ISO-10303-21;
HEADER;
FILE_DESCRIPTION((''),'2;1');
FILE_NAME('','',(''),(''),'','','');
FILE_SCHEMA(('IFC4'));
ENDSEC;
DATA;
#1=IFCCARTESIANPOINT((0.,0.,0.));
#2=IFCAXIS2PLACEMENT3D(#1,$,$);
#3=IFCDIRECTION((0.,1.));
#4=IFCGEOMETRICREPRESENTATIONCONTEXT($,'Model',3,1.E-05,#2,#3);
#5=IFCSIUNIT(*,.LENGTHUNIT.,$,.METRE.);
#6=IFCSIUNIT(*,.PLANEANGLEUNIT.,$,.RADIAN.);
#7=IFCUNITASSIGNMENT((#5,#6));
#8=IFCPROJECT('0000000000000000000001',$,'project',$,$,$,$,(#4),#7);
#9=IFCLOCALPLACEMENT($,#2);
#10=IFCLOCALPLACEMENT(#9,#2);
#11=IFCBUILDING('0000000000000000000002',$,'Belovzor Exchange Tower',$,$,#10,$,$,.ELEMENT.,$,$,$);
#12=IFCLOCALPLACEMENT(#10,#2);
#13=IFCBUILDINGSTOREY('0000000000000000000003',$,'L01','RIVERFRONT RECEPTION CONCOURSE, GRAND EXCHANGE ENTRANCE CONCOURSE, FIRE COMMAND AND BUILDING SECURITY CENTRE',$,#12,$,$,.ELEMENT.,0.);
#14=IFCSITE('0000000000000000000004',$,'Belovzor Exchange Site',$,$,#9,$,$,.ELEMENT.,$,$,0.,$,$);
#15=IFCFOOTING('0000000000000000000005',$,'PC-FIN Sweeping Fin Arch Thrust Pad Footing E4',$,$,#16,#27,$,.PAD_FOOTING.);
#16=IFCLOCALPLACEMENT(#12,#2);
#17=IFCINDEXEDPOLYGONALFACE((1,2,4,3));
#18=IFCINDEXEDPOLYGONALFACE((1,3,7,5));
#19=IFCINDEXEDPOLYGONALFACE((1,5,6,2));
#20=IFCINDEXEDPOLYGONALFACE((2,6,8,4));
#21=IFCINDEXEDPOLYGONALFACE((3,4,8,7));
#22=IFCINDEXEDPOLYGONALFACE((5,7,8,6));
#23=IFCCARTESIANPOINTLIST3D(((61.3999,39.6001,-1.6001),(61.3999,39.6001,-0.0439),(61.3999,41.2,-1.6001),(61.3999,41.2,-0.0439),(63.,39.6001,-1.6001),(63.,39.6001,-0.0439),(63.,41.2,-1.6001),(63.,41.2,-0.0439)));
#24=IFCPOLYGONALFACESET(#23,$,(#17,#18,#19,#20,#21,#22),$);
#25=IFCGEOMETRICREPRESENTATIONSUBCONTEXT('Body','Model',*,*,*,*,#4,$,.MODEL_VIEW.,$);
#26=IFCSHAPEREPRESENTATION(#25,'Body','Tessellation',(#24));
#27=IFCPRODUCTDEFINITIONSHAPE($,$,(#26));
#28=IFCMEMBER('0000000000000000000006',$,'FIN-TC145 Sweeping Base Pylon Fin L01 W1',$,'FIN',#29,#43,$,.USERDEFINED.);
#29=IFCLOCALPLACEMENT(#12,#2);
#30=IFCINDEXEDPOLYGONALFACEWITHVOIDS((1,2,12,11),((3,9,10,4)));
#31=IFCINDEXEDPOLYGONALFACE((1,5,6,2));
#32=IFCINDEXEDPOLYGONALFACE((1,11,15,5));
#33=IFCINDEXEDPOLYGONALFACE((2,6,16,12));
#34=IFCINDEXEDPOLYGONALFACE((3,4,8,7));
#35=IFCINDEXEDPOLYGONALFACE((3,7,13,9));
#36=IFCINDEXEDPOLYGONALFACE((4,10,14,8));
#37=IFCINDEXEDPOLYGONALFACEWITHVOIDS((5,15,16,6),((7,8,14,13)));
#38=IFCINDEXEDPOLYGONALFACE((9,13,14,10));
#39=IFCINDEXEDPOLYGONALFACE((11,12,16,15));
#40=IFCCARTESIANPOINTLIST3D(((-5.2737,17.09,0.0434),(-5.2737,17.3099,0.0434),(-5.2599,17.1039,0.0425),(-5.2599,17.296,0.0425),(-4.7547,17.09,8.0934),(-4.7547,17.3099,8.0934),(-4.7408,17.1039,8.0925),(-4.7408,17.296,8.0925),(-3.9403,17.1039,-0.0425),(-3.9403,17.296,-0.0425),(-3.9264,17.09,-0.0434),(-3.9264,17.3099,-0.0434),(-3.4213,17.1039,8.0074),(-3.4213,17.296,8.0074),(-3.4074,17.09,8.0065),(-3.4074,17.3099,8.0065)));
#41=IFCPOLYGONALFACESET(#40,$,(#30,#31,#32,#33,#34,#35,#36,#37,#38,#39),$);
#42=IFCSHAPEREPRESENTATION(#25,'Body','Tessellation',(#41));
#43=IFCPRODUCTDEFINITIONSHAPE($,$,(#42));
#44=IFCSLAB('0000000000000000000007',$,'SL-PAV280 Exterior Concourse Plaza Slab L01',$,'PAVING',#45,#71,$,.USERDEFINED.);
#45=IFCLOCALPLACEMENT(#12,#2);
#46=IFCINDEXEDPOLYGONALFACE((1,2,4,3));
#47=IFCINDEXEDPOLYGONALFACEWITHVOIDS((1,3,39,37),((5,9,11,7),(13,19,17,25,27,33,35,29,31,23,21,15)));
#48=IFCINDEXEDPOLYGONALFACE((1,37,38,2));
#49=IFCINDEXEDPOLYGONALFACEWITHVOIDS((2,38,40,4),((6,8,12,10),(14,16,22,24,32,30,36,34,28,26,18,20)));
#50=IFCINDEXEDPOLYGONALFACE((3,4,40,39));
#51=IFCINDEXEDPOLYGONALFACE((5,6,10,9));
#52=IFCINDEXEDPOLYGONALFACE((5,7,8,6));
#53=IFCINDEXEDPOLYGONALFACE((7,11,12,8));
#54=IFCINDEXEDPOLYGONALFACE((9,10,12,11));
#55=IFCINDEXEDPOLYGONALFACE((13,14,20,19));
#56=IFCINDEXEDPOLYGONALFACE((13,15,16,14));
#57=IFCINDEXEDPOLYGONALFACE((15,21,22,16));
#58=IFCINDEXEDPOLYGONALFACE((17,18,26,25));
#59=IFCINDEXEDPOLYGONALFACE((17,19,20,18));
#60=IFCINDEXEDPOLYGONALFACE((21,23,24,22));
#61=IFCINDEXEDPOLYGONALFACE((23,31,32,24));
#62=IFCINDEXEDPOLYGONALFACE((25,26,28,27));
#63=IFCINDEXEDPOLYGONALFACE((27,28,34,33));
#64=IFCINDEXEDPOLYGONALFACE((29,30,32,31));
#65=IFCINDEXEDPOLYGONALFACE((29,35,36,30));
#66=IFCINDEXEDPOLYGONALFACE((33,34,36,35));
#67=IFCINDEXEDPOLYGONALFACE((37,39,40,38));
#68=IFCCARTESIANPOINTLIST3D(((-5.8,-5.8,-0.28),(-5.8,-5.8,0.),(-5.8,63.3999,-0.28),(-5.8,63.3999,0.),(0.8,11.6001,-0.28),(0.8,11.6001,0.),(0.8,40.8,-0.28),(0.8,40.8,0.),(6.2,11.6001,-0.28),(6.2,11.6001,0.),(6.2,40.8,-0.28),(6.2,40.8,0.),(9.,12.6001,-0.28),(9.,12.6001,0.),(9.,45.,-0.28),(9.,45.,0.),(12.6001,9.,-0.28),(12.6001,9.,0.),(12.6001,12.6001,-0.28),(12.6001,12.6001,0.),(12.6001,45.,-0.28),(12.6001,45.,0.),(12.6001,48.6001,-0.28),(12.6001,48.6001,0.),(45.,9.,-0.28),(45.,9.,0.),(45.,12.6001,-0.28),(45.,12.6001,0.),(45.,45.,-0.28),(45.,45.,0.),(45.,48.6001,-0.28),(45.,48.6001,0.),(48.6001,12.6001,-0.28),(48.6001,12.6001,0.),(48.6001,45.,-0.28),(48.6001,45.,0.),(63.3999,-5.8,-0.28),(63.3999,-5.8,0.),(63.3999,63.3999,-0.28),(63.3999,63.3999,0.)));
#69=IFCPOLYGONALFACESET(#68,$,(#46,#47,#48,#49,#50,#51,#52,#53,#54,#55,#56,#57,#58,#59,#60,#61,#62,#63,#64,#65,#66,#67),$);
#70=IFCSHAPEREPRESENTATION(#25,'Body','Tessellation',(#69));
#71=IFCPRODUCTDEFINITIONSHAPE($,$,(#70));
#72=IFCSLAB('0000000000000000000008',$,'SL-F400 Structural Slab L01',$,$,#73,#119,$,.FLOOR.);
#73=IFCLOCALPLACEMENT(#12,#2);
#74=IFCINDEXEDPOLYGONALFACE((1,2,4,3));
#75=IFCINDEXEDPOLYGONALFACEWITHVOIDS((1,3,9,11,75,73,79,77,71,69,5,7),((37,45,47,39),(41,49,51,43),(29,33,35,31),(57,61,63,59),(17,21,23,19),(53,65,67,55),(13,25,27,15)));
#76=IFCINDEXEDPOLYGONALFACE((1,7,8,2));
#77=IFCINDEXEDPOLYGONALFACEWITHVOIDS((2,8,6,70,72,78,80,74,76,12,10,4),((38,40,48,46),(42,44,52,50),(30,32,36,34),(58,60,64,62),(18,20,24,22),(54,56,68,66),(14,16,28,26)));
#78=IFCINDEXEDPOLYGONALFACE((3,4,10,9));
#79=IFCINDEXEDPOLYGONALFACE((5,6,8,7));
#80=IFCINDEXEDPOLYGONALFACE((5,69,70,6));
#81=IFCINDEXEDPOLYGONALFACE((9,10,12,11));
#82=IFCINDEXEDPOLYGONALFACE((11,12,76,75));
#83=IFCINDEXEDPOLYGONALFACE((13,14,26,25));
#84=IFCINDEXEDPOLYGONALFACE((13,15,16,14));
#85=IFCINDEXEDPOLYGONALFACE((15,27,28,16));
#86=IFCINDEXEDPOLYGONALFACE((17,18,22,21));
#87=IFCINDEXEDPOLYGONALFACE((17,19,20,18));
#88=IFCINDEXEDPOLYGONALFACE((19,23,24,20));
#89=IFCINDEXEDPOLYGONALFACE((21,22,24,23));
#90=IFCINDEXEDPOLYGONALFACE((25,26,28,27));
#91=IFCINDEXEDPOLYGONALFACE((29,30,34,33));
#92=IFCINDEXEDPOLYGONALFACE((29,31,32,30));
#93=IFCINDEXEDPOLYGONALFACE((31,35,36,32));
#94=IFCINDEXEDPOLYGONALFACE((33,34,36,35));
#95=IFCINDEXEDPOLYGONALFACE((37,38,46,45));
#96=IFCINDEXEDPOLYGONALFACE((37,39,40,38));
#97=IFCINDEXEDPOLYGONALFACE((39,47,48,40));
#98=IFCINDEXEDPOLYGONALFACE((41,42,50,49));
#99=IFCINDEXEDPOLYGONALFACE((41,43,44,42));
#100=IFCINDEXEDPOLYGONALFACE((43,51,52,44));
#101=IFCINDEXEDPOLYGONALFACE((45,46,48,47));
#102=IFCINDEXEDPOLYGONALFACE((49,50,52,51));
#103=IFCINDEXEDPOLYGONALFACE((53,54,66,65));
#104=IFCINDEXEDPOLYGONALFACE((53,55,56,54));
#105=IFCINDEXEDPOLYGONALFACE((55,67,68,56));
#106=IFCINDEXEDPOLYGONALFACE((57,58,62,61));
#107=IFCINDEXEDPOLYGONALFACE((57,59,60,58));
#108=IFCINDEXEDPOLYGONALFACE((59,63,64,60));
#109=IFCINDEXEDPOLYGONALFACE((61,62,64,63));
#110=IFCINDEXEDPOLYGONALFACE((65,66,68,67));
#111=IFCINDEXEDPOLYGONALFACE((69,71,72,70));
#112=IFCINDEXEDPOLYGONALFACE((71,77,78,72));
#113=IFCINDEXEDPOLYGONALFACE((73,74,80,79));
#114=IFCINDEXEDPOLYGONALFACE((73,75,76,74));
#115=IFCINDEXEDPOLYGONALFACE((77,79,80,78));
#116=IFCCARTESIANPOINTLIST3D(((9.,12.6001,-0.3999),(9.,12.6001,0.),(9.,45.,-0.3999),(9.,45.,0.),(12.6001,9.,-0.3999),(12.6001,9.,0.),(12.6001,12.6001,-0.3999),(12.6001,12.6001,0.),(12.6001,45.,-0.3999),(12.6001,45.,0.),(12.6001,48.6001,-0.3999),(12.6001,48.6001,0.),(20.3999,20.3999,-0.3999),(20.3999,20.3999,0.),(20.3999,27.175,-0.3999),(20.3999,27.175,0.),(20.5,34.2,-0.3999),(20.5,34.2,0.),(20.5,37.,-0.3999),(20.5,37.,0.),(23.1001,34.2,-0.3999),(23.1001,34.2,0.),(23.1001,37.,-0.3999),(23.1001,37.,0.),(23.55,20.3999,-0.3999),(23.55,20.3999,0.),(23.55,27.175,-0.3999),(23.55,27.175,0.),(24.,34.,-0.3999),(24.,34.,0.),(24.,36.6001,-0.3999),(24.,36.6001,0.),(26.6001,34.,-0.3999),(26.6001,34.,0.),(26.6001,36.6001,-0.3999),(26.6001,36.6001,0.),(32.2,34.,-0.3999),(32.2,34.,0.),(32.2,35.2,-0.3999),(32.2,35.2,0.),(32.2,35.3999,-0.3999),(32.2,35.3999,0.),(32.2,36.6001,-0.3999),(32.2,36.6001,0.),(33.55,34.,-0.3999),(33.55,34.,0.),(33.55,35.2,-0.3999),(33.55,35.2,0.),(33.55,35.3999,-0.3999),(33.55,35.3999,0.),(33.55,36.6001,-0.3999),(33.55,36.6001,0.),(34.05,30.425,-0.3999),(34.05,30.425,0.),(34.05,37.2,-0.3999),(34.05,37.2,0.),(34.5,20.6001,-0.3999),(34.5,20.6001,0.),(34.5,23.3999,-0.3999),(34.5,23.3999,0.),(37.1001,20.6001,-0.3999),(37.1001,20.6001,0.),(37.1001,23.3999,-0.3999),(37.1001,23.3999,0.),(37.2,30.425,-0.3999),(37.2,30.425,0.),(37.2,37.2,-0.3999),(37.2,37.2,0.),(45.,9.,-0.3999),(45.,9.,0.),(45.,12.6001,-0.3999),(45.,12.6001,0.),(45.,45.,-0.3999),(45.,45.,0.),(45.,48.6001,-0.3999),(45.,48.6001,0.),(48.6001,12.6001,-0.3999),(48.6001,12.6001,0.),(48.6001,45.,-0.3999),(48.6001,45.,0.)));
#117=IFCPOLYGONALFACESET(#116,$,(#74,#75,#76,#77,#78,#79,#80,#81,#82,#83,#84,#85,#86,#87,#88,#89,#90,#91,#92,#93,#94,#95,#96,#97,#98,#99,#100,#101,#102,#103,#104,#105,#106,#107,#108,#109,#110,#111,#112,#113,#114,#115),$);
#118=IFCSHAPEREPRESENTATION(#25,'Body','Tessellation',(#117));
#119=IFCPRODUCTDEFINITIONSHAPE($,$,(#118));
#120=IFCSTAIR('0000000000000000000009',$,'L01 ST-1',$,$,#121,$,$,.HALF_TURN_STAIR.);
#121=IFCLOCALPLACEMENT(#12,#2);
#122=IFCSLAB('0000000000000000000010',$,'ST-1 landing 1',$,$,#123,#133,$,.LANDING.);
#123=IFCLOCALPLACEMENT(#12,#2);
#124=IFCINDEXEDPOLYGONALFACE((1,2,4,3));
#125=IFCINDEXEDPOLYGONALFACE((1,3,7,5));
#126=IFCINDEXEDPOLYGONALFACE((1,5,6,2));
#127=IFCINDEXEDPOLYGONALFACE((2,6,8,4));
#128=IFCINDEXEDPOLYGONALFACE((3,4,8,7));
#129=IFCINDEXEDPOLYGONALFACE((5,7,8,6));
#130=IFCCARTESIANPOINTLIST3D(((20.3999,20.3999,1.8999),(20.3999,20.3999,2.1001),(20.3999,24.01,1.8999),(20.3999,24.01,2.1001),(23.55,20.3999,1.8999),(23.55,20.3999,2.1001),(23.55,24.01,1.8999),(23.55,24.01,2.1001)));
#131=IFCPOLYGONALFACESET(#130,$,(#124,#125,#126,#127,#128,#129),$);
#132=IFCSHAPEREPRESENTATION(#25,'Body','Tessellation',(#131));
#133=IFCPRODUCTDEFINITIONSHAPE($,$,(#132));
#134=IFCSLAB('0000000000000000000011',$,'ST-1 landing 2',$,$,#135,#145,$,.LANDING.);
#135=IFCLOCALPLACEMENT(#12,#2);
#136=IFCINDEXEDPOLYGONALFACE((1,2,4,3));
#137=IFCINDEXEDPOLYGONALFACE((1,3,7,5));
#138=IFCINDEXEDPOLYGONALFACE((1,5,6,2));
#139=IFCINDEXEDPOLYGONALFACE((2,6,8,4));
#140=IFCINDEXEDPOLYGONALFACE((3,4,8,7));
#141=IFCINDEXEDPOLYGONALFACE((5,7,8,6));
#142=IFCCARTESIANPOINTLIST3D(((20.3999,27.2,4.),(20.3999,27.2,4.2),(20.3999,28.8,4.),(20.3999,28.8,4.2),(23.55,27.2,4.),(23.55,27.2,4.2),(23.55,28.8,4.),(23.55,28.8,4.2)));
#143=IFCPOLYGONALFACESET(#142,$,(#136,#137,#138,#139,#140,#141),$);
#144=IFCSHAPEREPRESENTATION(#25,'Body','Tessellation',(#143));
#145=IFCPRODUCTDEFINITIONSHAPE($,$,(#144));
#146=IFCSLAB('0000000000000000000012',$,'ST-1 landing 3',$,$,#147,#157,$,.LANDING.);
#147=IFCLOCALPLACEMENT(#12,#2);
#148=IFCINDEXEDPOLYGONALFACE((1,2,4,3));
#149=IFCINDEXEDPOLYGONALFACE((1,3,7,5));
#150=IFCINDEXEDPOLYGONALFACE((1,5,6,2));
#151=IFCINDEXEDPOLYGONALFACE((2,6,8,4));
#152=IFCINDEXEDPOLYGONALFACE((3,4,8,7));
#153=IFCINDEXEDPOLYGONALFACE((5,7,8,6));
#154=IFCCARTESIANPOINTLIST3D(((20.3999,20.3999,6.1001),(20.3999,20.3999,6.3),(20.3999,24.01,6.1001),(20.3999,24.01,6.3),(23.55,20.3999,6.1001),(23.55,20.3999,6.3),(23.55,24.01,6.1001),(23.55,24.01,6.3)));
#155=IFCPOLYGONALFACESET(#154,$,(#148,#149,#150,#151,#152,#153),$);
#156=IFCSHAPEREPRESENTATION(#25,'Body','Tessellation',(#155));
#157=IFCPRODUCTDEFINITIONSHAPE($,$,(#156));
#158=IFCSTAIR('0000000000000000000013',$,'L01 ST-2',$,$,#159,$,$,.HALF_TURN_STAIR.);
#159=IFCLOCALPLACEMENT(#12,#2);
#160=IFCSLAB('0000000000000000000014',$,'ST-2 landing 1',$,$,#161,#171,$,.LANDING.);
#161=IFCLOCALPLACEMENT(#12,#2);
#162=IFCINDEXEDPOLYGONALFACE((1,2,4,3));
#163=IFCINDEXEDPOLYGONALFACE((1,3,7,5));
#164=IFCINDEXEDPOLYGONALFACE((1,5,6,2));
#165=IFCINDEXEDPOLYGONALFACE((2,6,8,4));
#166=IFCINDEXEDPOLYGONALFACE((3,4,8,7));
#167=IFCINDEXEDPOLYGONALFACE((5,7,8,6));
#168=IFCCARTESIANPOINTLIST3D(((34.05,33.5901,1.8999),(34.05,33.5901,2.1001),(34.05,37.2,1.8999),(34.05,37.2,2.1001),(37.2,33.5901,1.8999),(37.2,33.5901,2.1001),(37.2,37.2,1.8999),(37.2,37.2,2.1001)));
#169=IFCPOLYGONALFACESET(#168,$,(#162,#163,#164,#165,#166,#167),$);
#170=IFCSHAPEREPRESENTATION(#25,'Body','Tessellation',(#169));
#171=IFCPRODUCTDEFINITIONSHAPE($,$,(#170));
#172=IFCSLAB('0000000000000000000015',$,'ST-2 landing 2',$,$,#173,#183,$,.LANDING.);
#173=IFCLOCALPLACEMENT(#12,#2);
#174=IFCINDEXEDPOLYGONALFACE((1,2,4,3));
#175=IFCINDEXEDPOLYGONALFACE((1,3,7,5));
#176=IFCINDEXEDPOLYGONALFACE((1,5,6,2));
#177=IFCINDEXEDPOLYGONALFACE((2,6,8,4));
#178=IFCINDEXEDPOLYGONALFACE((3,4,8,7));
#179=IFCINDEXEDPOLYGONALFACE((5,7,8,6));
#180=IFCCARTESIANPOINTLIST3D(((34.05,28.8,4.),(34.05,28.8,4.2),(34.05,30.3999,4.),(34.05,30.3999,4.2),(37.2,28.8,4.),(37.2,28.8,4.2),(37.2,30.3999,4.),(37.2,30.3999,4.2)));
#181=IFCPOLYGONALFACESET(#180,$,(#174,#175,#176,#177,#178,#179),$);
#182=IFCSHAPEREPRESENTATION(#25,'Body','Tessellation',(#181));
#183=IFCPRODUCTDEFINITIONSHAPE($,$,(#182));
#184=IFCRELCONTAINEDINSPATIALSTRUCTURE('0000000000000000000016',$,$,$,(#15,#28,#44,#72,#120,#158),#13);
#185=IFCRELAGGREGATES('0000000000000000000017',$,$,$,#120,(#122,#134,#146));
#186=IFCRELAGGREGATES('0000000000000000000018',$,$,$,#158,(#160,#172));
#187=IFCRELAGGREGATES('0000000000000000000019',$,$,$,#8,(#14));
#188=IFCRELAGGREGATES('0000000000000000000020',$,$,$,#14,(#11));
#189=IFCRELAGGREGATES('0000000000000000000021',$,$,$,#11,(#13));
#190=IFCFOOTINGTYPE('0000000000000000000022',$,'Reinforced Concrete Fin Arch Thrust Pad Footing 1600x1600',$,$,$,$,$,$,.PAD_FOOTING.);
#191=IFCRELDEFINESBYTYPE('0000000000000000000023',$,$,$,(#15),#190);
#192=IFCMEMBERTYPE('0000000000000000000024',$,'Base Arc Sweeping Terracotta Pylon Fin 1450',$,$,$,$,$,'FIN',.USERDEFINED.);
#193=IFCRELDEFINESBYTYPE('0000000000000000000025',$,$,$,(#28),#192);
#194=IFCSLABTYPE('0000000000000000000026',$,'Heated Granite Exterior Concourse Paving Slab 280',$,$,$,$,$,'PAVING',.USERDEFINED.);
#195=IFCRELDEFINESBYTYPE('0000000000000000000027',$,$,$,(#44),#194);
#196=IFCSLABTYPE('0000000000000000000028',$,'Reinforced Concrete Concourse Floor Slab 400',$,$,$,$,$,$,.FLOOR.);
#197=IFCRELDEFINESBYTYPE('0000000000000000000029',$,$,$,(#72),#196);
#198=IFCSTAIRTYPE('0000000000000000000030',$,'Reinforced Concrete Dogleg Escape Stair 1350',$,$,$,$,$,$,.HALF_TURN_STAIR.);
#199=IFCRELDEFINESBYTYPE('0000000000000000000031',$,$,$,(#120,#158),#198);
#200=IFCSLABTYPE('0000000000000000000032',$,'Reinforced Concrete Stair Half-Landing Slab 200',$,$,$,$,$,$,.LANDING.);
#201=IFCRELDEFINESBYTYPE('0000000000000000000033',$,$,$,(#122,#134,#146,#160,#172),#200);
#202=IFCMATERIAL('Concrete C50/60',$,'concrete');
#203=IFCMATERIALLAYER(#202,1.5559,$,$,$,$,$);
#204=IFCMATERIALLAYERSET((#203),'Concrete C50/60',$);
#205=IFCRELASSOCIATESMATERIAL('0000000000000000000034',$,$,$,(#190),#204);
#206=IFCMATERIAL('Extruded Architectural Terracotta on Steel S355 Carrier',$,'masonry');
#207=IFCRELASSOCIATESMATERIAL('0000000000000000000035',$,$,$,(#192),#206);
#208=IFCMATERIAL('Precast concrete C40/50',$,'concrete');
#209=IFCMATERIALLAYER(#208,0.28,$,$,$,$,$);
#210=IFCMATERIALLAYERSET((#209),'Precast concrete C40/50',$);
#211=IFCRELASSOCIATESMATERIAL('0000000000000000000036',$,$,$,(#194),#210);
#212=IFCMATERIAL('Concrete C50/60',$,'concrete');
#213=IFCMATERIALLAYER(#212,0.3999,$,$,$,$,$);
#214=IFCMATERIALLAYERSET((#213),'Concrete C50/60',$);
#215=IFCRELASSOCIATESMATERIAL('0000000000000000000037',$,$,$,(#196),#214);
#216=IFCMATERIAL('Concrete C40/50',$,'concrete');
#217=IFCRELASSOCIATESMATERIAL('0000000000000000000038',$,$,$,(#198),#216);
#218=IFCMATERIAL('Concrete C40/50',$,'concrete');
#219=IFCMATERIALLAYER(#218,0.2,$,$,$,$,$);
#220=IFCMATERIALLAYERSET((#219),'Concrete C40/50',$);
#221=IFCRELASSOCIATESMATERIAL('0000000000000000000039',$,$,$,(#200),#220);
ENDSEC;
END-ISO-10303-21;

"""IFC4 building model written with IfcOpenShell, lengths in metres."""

from ifc_helpers import new_model, si_unit, direction, frame, origin, origin_2d, place, context, subcontext, project, spatial, polyline, hollow_rectangle, outline, extrude, material, layer, layer_set, material_profile, profile_set, type_object, element, aggregate, save


model = new_model("IFC4")

# Units and contexts
model_context = context("Model", 3, precision=1e-05, world=origin(), true_north=direction((0.0, 1.0)))
body_context = subcontext(model_context, "Body", "Model", "MODEL_VIEW")
ifc_project = project(units=[si_unit("LENGTHUNIT", "METRE"), si_unit("PLANEANGLEUNIT", "RADIAN")], contexts=[model_context])

# Site, building, storey
site_placement = place(None, origin())
site = spatial("IfcSite", under=ifc_project, at=site_placement, Name="Belovzor Exchange Site", CompositionType="ELEMENT", RefElevation=0.0)
building_placement = place(site_placement, origin())
building = spatial("IfcBuilding", under=site, at=building_placement, Name="Belovzor Exchange Tower", CompositionType="ELEMENT")
storey_placement = place(building_placement, origin())
storey = spatial("IfcBuildingStorey", under=building, at=storey_placement, Name="L01", Description="RIVERFRONT RECEPTION CONCOURSE, GRAND EXCHANGE ENTRANCE CONCOURSE, FIRE COMMAND AND BUILDING SECURITY CENTRE", CompositionType="ELEMENT", Elevation=0.0)

# Footing
ifc_material_1 = material(Name="Concrete C50/60", Category="concrete")
ifc_layer_1 = layer(ifc_material_1, 1.5559)
ifc_layer_set_1 = layer_set([ifc_layer_1], Name="Concrete C50/60")
footing_type = type_object("IfcFootingType", Name="Reinforced Concrete Fin Arch Thrust Pad Footing 1600x1600", PredefinedType="PAD_FOOTING", material=ifc_layer_set_1)
footing_1_placement = place(storey_placement, frame((0.0, 0.0, -1.6001)))
element("IfcFooting", 1, at=footing_1_placement, inside=storey, type_object=footing_type, Name="PC-FIN Sweeping Fin Arch Thrust Pad Footing E4", PredefinedType="PAD_FOOTING", context=body_context, shape_type="SweptSolid", body=[
    extrude(outline(polyline([(61.3999, 39.6001), (63.0, 39.6001), (63.0, 41.2), (61.3999, 41.2), (61.3999, 39.6001)])), origin(), (0.0, 0.0, 1.0), 1.5562),
])

# Member
ifc_material_2 = material(Name="Extruded Architectural Terracotta on Steel S355 Carrier", Category="masonry")
ifc_material_profile = material_profile(ifc_material_2, hollow_rectangle(XDim=0.22, YDim=1.3501, WallThickness=0.0139, at=origin_2d()))
ifc_profile_set = profile_set([ifc_material_profile], Name="Extruded Architectural Terracotta on Steel S355 Carrier")
member_type = type_object("IfcMemberType", Name="Base Arc Sweeping Terracotta Pylon Fin 1450", ElementType="FIN", PredefinedType="USERDEFINED", material=ifc_profile_set)
member_placement = place(storey_placement, frame((-4.6001, 17.2, 0.0), z_axis=(0.064343, 0.0, 0.997928), x_axis=(0.0, 1.0, 0.0)))
element("IfcMember", 2, at=member_placement, inside=storey, type_object=member_type, Name="FIN-TC145 Sweeping Base Pylon Fin L01 W1", ObjectType="FIN", PredefinedType="USERDEFINED", context=body_context, shape_type="SweptSolid", body=[
    extrude(hollow_rectangle(XDim=0.22, YDim=1.3501, WallThickness=0.0139, at=origin_2d()), origin(), (0.0, 0.0, 1.0), 8.0667),
])

# Slabs
ifc_material_3 = material(Name="Precast concrete C40/50", Category="concrete")
ifc_layer_2 = layer(ifc_material_3, 0.28)
ifc_layer_set_2 = layer_set([ifc_layer_2], Name="Precast concrete C40/50")
slab_type_1 = type_object("IfcSlabType", Name="Heated Granite Exterior Concourse Paving Slab 280", ElementType="PAVING", PredefinedType="USERDEFINED", material=ifc_layer_set_2)
slab_1_placement = place(storey_placement, frame((0.0, 0.0, -0.28)))
element("IfcSlab", 3, at=slab_1_placement, inside=storey, type_object=slab_type_1, Name="SL-PAV280 Exterior Concourse Plaza Slab L01", ObjectType="PAVING", PredefinedType="USERDEFINED", context=body_context, shape_type="SweptSolid", body=[
    extrude(outline(polyline([(-5.8, -5.8), (63.3999, -5.8), (63.3999, 63.3999), (-5.8, 63.3999), (-5.8, -5.8)]), holes=[polyline([(12.6001, 9.0), (45.0, 9.0), (45.0, 12.6001), (48.6001, 12.6001), (48.6001, 45.0), (45.0, 45.0), (45.0, 48.6001), (12.6001, 48.6001), (12.6001, 45.0), (9.0, 45.0), (9.0, 12.6001), (12.6001, 12.6001), (12.6001, 9.0)]), polyline([(0.8, 11.6001), (6.2, 11.6001), (6.2, 40.8), (0.8, 40.8), (0.8, 11.6001)])]), origin(), (0.0, 0.0, 1.0), 0.28),
])
ifc_material_4 = material(Name="Concrete C50/60", Category="concrete")
ifc_layer_3 = layer(ifc_material_4, 0.3999)
ifc_layer_set_3 = layer_set([ifc_layer_3], Name="Concrete C50/60")
slab_type_2 = type_object("IfcSlabType", Name="Reinforced Concrete Concourse Floor Slab 400", PredefinedType="FLOOR", material=ifc_layer_set_3)
slab_2_placement = place(storey_placement, frame((0.0, 0.0, -0.3999)))
element("IfcSlab", 4, at=slab_2_placement, inside=storey, type_object=slab_type_2, Name="SL-F400 Structural Slab L01", PredefinedType="FLOOR", context=body_context, shape_type="SweptSolid", body=[
    extrude(outline(polyline([(12.6001, 9.0), (45.0, 9.0), (45.0, 12.6001), (48.6001, 12.6001), (48.6001, 45.0), (45.0, 45.0), (45.0, 48.6001), (12.6001, 48.6001), (12.6001, 45.0), (9.0, 45.0), (9.0, 12.6001), (12.6001, 12.6001), (12.6001, 9.0)]), holes=[polyline([(20.3999, 27.175), (20.3999, 20.3999), (23.55, 20.3999), (23.55, 27.175), (20.3999, 27.175)]), polyline([(37.2, 30.425), (37.2, 37.2), (34.05, 37.2), (34.05, 30.425), (37.2, 30.425)]), polyline([(20.5, 34.2), (23.1001, 34.2), (23.1001, 37.0), (20.5, 37.0), (20.5, 34.2)]), polyline([(34.5, 20.6001), (37.1001, 20.6001), (37.1001, 23.3999), (34.5, 23.3999), (34.5, 20.6001)]), polyline([(24.0, 34.0), (26.6001, 34.0), (26.6001, 36.6001), (24.0, 36.6001), (24.0, 34.0)]), polyline([(32.2, 34.0), (33.55, 34.0), (33.55, 35.2), (32.2, 35.2), (32.2, 34.0)]), polyline([(32.2, 35.3999), (33.55, 35.3999), (33.55, 36.6001), (32.2, 36.6001), (32.2, 35.3999)])]), origin(), (0.0, 0.0, 1.0), 0.3999),
])

# Stairs, slabs
ifc_material_5 = material(Name="Concrete C40/50", Category="concrete")
stair_type_1 = type_object("IfcStairType", Name="Reinforced Concrete Dogleg Escape Stair 1350", PredefinedType="HALF_TURN_STAIR", material=ifc_material_5)
stair_1_placement = place(storey_placement, origin())
stair_1 = element("IfcStair", 5, at=stair_1_placement, inside=storey, type_object=stair_type_1, Name="L01 ST-1", PredefinedType="HALF_TURN_STAIR")
ifc_material_6 = material(Name="Concrete C40/50", Category="concrete")
ifc_layer_4 = layer(ifc_material_6, 0.2)
ifc_layer_set_4 = layer_set([ifc_layer_4], Name="Concrete C40/50")
slab_type_3 = type_object("IfcSlabType", Name="Reinforced Concrete Stair Half-Landing Slab 200", PredefinedType="LANDING", material=ifc_layer_set_4)
slab_3_placement = place(storey_placement, frame((0.0, 0.0, 1.8999)))
slab_3 = element("IfcSlab", 6, at=slab_3_placement, type_object=slab_type_3, Name="ST-1 landing 1", PredefinedType="LANDING", context=body_context, shape_type="SweptSolid", body=[
    extrude(outline(polyline([(20.3999, 24.01), (20.3999, 20.3999), (23.55, 20.3999), (23.55, 24.01), (20.3999, 24.01)])), origin(), (0.0, 0.0, 1.0), 0.2002),
])
slab_4_placement = place(storey_placement, frame((0.0, 0.0, 4.0)))
slab_4 = element("IfcSlab", 7, at=slab_4_placement, type_object=slab_type_3, Name="ST-1 landing 2", PredefinedType="LANDING", context=body_context, shape_type="SweptSolid", body=[
    extrude(outline(polyline([(20.3999, 28.8), (20.3999, 27.2), (23.55, 27.2), (23.55, 28.8), (20.3999, 28.8)])), origin(), (0.0, 0.0, 1.0), 0.2),
])
slab_5_placement = place(storey_placement, frame((0.0, 0.0, 6.1001)))
slab_5 = element("IfcSlab", 8, at=slab_5_placement, type_object=slab_type_3, Name="ST-1 landing 3", PredefinedType="LANDING", context=body_context, shape_type="SweptSolid", body=[
    extrude(outline(polyline([(20.3999, 24.01), (20.3999, 20.3999), (23.55, 20.3999), (23.55, 24.01), (20.3999, 24.01)])), origin(), (0.0, 0.0, 1.0), 0.2),
])
aggregate(stair_1, [slab_3, slab_4, slab_5])
stair_2_placement = place(storey_placement, origin())
stair_2 = element("IfcStair", 9, at=stair_2_placement, inside=storey, type_object=stair_type_1, Name="L01 ST-2", PredefinedType="HALF_TURN_STAIR")
slab_6_placement = place(storey_placement, frame((0.0, 0.0, 1.8999)))
slab_6 = element("IfcSlab", 10, at=slab_6_placement, type_object=slab_type_3, Name="ST-2 landing 1", PredefinedType="LANDING", context=body_context, shape_type="SweptSolid", body=[
    extrude(outline(polyline([(37.2, 33.5901), (37.2, 37.2), (34.05, 37.2), (34.05, 33.5901), (37.2, 33.5901)])), origin(), (0.0, 0.0, 1.0), 0.2002),
])
slab_7_placement = place(storey_placement, frame((0.0, 0.0, 4.0)))
slab_7 = element("IfcSlab", 11, at=slab_7_placement, type_object=slab_type_3, Name="ST-2 landing 2", PredefinedType="LANDING", context=body_context, shape_type="SweptSolid", body=[
    extrude(outline(polyline([(37.2, 28.8), (37.2, 30.3999), (34.05, 30.3999), (34.05, 28.8), (37.2, 28.8)])), origin(), (0.0, 0.0, 1.0), 0.2),
])
aggregate(stair_2, [slab_6, slab_7])

save(model, "model.ifc")
